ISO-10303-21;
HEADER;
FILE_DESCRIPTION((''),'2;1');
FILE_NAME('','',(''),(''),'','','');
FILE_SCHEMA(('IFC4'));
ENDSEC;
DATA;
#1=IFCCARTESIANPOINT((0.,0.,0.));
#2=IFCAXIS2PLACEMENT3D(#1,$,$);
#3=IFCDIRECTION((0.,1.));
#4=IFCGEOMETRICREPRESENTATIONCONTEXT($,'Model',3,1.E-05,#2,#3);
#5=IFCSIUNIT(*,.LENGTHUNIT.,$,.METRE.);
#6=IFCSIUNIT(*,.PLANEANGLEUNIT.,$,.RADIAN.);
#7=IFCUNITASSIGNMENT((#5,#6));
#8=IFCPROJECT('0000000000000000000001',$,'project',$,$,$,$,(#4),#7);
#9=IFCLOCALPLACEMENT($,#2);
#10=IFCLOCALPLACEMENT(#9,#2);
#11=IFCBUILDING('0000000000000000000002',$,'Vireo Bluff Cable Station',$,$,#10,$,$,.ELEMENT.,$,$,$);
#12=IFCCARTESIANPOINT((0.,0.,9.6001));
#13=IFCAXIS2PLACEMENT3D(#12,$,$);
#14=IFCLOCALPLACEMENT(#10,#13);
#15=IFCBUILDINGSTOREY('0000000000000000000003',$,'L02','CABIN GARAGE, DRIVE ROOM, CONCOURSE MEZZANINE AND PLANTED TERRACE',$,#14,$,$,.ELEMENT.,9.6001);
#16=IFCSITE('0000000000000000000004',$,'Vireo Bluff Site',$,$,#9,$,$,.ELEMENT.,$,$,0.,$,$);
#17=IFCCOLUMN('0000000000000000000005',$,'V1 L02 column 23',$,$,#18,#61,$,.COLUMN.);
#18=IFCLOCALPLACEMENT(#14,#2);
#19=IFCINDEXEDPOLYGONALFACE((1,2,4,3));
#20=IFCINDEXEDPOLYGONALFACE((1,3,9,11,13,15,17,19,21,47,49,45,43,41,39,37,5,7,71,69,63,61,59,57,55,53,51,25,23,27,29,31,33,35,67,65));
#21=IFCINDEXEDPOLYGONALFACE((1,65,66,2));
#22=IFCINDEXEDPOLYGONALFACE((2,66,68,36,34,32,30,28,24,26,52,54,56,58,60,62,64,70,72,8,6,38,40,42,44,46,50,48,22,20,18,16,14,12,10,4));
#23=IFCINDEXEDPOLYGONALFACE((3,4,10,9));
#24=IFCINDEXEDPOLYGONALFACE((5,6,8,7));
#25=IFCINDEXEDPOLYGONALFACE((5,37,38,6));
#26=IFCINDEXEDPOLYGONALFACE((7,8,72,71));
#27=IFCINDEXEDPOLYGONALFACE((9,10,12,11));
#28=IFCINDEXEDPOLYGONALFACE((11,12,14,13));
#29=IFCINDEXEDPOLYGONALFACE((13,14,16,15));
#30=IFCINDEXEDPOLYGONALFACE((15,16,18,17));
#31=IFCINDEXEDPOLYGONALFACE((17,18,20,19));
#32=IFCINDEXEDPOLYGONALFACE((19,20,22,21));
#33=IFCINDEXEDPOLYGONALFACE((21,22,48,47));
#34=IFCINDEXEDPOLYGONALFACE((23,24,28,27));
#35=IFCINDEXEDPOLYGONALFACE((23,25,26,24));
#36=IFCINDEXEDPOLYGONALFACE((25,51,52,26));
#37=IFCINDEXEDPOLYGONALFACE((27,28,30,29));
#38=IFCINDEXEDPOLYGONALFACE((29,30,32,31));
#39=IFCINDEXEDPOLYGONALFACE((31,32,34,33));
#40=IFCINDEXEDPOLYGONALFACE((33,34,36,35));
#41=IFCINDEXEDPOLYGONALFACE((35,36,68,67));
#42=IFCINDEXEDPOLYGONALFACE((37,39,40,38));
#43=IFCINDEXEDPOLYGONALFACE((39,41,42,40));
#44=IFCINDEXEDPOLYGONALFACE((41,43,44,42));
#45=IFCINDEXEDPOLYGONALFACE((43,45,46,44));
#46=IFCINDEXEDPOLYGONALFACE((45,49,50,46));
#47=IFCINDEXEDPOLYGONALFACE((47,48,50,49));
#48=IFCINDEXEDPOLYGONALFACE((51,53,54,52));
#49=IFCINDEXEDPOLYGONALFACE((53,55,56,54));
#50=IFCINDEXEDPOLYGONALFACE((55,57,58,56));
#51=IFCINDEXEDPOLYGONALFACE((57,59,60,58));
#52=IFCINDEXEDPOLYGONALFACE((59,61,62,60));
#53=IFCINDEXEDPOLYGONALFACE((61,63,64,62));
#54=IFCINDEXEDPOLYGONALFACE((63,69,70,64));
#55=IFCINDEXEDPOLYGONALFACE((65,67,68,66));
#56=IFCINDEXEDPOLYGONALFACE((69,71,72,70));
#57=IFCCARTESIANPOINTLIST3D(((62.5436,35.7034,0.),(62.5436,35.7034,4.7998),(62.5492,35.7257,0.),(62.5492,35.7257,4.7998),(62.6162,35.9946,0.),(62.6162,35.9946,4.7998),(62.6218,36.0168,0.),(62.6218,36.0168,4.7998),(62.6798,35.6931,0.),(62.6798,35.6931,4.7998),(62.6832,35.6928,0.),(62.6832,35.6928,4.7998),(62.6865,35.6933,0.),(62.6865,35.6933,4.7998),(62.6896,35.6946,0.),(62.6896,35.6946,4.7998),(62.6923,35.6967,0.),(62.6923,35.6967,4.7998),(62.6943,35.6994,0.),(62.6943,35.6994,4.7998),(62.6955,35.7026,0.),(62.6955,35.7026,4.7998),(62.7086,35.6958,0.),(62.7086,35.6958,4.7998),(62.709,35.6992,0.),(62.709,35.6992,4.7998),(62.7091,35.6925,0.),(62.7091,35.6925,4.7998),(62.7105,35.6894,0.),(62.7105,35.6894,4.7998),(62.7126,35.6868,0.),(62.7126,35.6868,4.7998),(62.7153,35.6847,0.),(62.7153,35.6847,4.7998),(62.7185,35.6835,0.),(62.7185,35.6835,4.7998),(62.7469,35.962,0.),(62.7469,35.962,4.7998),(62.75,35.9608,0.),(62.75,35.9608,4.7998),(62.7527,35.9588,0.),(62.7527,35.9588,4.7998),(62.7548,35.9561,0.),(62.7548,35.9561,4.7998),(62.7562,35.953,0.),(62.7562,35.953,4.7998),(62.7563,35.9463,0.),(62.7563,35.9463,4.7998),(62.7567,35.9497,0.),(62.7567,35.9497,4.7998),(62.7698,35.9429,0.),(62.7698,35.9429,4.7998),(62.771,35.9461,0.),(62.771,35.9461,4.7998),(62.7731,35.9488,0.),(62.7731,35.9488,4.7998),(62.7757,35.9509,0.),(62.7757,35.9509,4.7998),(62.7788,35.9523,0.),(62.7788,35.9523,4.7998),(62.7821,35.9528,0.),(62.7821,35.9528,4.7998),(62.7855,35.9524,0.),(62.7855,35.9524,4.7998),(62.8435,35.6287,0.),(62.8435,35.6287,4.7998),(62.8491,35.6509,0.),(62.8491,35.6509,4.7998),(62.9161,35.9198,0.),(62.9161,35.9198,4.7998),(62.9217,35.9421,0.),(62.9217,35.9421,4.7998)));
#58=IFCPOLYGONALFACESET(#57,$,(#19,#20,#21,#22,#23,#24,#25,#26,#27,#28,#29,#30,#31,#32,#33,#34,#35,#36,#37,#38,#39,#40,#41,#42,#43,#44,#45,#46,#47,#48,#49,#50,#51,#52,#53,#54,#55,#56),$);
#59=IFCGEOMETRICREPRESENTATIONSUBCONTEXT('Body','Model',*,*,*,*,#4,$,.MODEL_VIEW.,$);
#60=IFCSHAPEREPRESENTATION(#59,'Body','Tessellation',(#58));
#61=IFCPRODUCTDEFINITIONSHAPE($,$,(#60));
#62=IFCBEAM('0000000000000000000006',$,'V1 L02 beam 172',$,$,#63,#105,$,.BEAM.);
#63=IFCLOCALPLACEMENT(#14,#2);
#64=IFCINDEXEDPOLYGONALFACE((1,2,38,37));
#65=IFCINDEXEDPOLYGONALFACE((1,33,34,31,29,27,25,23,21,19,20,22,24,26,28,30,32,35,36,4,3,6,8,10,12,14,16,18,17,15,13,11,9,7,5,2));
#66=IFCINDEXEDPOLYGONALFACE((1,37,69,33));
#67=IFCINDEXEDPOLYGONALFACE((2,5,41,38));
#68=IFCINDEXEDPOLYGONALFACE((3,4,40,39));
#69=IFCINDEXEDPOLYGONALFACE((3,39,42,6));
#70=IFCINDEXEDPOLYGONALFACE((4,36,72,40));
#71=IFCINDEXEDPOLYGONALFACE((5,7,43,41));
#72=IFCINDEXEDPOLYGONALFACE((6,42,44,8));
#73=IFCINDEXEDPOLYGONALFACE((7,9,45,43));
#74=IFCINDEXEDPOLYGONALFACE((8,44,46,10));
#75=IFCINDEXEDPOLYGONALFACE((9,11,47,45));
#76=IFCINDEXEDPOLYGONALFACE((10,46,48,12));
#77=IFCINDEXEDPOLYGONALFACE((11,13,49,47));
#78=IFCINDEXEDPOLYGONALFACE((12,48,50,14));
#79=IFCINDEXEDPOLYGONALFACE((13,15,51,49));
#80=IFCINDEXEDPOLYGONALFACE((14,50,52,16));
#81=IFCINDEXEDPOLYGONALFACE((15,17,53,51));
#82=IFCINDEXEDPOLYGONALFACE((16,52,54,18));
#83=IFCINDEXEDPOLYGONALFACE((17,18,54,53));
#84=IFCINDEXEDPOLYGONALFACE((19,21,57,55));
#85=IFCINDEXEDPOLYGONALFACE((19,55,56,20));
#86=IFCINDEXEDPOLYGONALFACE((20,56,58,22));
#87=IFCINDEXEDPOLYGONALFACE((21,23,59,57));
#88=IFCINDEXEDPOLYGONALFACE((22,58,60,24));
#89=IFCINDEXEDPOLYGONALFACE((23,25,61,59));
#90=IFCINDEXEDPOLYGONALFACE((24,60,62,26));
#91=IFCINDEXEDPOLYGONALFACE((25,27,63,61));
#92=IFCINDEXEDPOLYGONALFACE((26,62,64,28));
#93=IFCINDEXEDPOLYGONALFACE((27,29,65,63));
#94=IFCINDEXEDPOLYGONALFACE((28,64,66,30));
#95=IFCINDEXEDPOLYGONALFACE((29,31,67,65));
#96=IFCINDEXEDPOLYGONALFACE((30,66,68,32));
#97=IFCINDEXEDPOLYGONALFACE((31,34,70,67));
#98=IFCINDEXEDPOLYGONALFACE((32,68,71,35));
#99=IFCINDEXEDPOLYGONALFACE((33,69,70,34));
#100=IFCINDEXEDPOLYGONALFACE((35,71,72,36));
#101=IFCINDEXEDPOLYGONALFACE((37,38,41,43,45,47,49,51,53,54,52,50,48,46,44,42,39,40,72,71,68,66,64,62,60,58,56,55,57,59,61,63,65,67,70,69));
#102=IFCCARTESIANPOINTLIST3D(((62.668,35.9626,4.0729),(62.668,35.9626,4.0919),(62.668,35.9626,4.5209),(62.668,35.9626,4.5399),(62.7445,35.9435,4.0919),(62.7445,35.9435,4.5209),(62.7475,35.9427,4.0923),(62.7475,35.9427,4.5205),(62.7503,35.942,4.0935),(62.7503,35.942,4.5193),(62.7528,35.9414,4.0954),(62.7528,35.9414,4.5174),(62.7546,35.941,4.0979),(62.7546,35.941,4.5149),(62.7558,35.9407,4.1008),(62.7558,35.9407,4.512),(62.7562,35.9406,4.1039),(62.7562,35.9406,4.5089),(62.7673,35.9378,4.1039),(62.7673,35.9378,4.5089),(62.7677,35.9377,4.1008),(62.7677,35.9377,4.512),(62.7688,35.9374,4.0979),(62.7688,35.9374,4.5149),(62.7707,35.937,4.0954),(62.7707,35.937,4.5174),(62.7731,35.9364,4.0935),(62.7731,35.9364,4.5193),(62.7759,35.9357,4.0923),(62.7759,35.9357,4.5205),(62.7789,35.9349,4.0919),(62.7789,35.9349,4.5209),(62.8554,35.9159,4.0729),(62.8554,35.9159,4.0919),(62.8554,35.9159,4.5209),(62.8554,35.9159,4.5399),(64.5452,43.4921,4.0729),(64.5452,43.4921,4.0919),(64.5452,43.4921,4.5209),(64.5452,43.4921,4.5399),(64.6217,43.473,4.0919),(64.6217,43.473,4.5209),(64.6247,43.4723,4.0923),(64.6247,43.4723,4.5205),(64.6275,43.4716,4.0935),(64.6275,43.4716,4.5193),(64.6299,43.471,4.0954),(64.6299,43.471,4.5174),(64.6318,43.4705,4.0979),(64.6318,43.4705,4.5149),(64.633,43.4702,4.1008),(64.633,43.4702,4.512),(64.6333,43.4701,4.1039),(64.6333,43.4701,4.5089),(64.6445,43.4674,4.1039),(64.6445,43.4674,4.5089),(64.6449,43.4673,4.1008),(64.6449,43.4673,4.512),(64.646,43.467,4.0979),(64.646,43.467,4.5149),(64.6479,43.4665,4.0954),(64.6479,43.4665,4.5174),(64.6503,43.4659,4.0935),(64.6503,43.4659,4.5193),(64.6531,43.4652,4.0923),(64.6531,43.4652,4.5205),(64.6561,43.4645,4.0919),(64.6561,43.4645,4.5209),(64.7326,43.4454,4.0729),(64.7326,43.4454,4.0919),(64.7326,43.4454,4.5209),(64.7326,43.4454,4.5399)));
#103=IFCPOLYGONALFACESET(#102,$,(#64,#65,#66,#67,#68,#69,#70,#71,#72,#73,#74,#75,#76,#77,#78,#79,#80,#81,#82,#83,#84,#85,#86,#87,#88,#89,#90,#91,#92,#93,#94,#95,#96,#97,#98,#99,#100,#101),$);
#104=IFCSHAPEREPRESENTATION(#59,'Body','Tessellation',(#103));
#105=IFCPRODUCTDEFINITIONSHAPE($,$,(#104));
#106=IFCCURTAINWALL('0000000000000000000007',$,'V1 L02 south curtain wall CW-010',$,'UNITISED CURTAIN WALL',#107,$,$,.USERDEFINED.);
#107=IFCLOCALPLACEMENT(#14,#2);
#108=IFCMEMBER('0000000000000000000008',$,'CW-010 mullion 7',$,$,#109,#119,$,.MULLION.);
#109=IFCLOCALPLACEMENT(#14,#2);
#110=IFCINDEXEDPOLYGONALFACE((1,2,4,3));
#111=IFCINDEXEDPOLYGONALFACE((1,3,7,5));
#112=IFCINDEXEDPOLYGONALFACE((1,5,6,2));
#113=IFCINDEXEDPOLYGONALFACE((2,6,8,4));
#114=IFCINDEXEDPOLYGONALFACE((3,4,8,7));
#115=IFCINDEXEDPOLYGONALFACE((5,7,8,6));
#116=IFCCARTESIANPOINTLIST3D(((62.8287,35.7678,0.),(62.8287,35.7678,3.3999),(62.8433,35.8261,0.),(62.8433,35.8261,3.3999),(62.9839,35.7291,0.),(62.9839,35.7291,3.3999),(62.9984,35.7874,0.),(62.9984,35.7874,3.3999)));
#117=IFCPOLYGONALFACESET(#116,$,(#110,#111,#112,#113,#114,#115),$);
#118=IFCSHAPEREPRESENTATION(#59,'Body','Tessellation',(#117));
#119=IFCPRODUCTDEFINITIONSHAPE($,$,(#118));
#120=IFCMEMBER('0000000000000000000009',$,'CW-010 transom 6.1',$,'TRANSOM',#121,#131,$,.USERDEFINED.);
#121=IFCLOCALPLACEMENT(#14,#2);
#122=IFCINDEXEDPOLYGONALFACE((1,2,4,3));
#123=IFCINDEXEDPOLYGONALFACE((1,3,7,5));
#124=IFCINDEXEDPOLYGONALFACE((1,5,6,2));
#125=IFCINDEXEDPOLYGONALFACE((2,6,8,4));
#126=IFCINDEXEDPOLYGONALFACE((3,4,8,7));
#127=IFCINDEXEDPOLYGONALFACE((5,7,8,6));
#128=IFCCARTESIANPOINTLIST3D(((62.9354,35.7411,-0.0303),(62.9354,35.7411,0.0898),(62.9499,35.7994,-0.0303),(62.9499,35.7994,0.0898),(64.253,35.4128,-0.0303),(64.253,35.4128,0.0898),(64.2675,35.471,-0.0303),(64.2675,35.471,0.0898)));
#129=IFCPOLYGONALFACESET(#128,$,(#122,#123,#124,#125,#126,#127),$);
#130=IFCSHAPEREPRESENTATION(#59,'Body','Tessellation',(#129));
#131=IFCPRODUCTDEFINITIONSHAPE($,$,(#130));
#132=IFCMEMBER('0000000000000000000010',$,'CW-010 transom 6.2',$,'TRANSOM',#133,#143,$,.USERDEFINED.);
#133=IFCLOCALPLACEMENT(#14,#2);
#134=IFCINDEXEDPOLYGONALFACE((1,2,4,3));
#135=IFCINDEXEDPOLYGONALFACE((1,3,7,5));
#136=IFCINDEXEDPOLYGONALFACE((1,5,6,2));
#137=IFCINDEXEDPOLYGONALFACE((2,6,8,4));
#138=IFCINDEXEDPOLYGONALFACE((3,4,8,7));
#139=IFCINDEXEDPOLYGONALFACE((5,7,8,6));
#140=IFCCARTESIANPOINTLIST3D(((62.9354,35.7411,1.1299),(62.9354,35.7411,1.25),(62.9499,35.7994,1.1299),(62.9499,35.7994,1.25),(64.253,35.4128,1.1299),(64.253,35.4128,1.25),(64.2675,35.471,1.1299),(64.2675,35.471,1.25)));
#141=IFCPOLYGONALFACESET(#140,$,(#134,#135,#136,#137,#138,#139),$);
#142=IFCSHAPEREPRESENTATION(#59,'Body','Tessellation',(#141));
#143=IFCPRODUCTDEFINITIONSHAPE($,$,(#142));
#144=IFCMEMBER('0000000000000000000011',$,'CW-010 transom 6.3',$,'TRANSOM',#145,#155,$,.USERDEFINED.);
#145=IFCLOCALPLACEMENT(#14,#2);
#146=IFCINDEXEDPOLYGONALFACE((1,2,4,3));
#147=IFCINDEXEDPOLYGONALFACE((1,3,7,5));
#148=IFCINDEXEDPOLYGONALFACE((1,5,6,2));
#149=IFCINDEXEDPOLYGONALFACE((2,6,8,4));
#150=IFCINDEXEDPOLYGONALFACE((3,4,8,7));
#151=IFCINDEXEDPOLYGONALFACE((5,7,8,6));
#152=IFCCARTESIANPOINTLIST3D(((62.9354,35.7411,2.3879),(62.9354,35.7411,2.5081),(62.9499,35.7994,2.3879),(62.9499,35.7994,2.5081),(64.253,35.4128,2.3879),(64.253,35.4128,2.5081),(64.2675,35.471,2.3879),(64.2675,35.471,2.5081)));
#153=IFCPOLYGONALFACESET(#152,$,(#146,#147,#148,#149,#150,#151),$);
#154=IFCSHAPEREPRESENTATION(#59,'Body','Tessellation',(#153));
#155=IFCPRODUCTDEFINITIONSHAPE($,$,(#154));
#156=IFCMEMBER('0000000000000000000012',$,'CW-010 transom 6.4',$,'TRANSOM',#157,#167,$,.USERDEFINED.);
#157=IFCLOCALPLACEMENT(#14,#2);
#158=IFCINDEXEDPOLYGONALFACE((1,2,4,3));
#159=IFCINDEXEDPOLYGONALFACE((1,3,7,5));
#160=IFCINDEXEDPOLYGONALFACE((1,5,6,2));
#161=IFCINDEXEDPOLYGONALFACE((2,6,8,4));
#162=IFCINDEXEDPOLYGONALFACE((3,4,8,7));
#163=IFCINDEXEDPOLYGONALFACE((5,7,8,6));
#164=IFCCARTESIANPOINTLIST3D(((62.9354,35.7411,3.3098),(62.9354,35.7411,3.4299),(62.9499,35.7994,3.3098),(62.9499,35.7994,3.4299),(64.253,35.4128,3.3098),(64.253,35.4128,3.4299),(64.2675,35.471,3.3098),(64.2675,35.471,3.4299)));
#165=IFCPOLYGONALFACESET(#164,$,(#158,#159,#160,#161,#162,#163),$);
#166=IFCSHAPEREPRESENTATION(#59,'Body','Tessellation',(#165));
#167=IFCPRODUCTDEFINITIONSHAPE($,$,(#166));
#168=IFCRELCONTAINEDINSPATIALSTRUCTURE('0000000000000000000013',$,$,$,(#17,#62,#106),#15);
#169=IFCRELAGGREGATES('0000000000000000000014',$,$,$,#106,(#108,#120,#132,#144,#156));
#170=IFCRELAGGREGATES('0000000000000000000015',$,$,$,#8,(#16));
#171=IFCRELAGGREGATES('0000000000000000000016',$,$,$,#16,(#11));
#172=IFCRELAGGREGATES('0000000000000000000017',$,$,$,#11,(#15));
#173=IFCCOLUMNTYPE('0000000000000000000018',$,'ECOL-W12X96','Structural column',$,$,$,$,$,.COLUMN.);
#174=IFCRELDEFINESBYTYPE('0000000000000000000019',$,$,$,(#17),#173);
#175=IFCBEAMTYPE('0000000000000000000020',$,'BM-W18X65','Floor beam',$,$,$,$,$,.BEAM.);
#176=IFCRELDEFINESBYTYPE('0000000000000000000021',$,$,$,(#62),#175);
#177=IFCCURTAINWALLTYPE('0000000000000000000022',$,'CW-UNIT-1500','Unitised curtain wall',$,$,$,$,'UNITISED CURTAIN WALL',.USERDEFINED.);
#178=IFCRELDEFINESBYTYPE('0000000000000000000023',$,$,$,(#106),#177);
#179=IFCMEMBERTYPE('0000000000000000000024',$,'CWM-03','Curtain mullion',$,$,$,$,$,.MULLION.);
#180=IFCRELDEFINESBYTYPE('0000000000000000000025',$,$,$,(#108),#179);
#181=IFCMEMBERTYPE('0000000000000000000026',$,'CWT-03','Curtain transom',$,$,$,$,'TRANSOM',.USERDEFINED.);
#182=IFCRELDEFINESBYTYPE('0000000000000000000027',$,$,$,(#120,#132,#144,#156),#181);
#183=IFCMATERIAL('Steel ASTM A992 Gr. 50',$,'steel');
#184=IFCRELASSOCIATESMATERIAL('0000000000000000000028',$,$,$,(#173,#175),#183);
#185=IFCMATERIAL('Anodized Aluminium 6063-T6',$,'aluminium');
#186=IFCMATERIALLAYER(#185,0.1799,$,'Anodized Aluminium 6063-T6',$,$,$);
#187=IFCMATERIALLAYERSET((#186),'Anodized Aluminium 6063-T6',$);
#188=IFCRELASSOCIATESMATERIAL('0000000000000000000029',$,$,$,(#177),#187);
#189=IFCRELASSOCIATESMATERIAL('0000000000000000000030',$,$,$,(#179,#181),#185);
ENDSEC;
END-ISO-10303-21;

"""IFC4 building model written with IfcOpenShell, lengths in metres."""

from ifc_helpers import new_model, si_unit, direction, frame, origin, origin_2d, place, context, subcontext, project, spatial, rectangle, i_section, extrude, material, layer, layer_set, material_profile, profile_set, type_object, element, aggregate, save


model = new_model("IFC4")

# Units and contexts
model_context = context("Model", 3, precision=1e-05, world=origin(), true_north=direction((0.0, 1.0)))
body_context = subcontext(model_context, "Body", "Model", "MODEL_VIEW")
ifc_project = project(units=[si_unit("LENGTHUNIT", "METRE"), si_unit("PLANEANGLEUNIT", "RADIAN")], contexts=[model_context])

# Site, building, storey
site_placement = place(None, origin())
site = spatial("IfcSite", under=ifc_project, at=site_placement, Name="Vireo Bluff Site", CompositionType="ELEMENT", RefElevation=0.0)
building_placement = place(site_placement, origin())
building = spatial("IfcBuilding", under=site, at=building_placement, Name="Vireo Bluff Cable Station", CompositionType="ELEMENT")
storey_placement = place(building_placement, frame((0.0, 0.0, 9.6001)))
storey = spatial("IfcBuildingStorey", under=building, at=storey_placement, Name="L02", Description="CABIN GARAGE, DRIVE ROOM, CONCOURSE MEZZANINE AND PLANTED TERRACE", CompositionType="ELEMENT", Elevation=9.6001)

# Column
ifc_material_1 = material(Name="Steel ASTM A992 Gr. 50", Category="steel")
ifc_material_profile_1 = material_profile(ifc_material_1, i_section(OverallWidth=0.3091, OverallDepth=0.323, WebThickness=0.0139, FlangeThickness=0.0229, FilletRadius=0.0129, at=origin_2d()), Name="W12X96")
ifc_profile_set_1 = profile_set([ifc_material_profile_1], Name="Steel ASTM A992 Gr. 50")
column_type = type_object("IfcColumnType", Name="ECOL-W12X96", Description="Structural column", PredefinedType="COLUMN", material=ifc_profile_set_1)
column_placement = place(storey_placement, frame((62.7327, 35.8228, 0.0), z_axis=(0.0, 0.0, 1.0), x_axis=(0.970296, -0.241922, 0.0)))
element("IfcColumn", 1, at=column_placement, inside=storey, type_object=column_type, Name="V1 L02 column 23", PredefinedType="COLUMN", context=body_context, shape_type="SweptSolid", body=[
    extrude(i_section(OverallWidth=0.3091, OverallDepth=0.323, WebThickness=0.0139, FlangeThickness=0.0229, FilletRadius=0.0129, at=origin_2d()), origin(), (0.0, 0.0, 1.0), 4.7998),
])

# Beam
ifc_material_profile_2 = material_profile(ifc_material_1, i_section(OverallWidth=0.1931, OverallDepth=0.467, WebThickness=0.0115, FlangeThickness=0.019, FilletRadius=0.012, at=origin_2d()), Name="W18X65")
ifc_profile_set_2 = profile_set([ifc_material_profile_2], Name="Steel ASTM A992 Gr. 50")
beam_type_1 = type_object("IfcBeamType", Name="BM-W18X65", Description="Floor beam", PredefinedType="BEAM", material=ifc_profile_set_2)
beam_1_placement = place(storey_placement, frame((62.7617, 35.9392, 4.3064), z_axis=(0.241906, 0.9703, 0.0), x_axis=(-0.9703, 0.241906, 0.0)))
element("IfcBeam", 2, at=beam_1_placement, inside=storey, type_object=beam_type_1, Name="V1 L02 beam 172", PredefinedType="BEAM", context=body_context, shape_type="SweptSolid", body=[
    extrude(i_section(OverallWidth=0.1931, OverallDepth=0.467, WebThickness=0.0115, FlangeThickness=0.019, FilletRadius=0.012, at=origin_2d()), origin(), (0.0, 0.0, 1.0), 7.76),
])

# Curtain wall, members
ifc_material_2 = material(Name="Anodized Aluminium 6063-T6", Category="aluminium")
ifc_layer_1 = layer(ifc_material_2, 0.1799, Name="Anodized Aluminium 6063-T6")
ifc_layer_set_1 = layer_set([ifc_layer_1], Name="Anodized Aluminium 6063-T6")
curtain_wall_type = type_object("IfcCurtainWallType", Name="CW-UNIT-1500", Description="Unitised curtain wall", ElementType="UNITISED CURTAIN WALL", PredefinedType="USERDEFINED", material=ifc_layer_set_1)
curtain_wall_placement = place(storey_placement, origin())
curtain_wall = element("IfcCurtainWall", 3, at=curtain_wall_placement, inside=storey, type_object=curtain_wall_type, Name="V1 L02 south curtain wall CW-010", ObjectType="UNITISED CURTAIN WALL", PredefinedType="USERDEFINED")
ifc_material_profile_3 = material_profile(ifc_material_2, rectangle(XDim=0.0601, YDim=0.1599, at=origin_2d()), Name="ALU-M-60X160")
ifc_profile_set_3 = profile_set([ifc_material_profile_3], Name="Anodized Aluminium 6063-T6")
member_type_1 = type_object("IfcMemberType", Name="CWM-03", Description="Curtain mullion", PredefinedType="MULLION", material=ifc_profile_set_3)
member_1_placement = place(storey_placement, frame((62.9136, 35.7776, 0.0), z_axis=(0.0, 0.0, 1.0), x_axis=(-0.241922, -0.970296, 0.0)))
member_1 = element("IfcMember", 4, at=member_1_placement, type_object=member_type_1, Name="CW-010 mullion 7", PredefinedType="MULLION", context=body_context, shape_type="SweptSolid", body=[
    extrude(rectangle(XDim=0.0601, YDim=0.1599, at=origin_2d()), origin(), (0.0, 0.0, 1.0), 3.3999),
])
ifc_material_profile_4 = material_profile(ifc_material_2, rectangle(XDim=0.0601, YDim=0.1201, at=origin_2d()), Name="ALU-T-60X120")
ifc_profile_set_4 = profile_set([ifc_material_profile_4], Name="Anodized Aluminium 6063-T6")
member_type_2 = type_object("IfcMemberType", Name="CWT-03", Description="Curtain transom", ElementType="TRANSOM", PredefinedType="USERDEFINED", material=ifc_profile_set_4)
member_2_placement = place(storey_placement, frame((64.2603, 35.4419, 0.0298), z_axis=(-0.970322, 0.241816, 0.0), x_axis=(-0.241816, -0.970322, 0.0)))
member_2 = element("IfcMember", 5, at=member_2_placement, type_object=member_type_2, Name="CW-010 transom 6.1", ObjectType="TRANSOM", PredefinedType="USERDEFINED", context=body_context, shape_type="SweptSolid", body=[
    extrude(rectangle(XDim=0.0601, YDim=0.1201, at=origin_2d()), origin(), (0.0, 0.0, 1.0), 1.3579),
])
member_3_placement = place(storey_placement, frame((64.2603, 35.4419, 1.1899), z_axis=(-0.970322, 0.241816, 0.0), x_axis=(-0.241816, -0.970322, 0.0)))
member_3 = element("IfcMember", 6, at=member_3_placement, type_object=member_type_2, Name="CW-010 transom 6.2", ObjectType="TRANSOM", PredefinedType="USERDEFINED", context=body_context, shape_type="SweptSolid", body=[
    extrude(rectangle(XDim=0.0601, YDim=0.1201, at=origin_2d()), origin(), (0.0, 0.0, 1.0), 1.3579),
])
member_4_placement = place(storey_placement, frame((64.2603, 35.4419, 2.448), z_axis=(-0.970322, 0.241816, 0.0), x_axis=(-0.241816, -0.970322, 0.0)))
member_4 = element("IfcMember", 7, at=member_4_placement, type_object=member_type_2, Name="CW-010 transom 6.3", ObjectType="TRANSOM", PredefinedType="USERDEFINED", context=body_context, shape_type="SweptSolid", body=[
    extrude(rectangle(XDim=0.0601, YDim=0.1201, at=origin_2d()), origin(), (0.0, 0.0, 1.0), 1.3579),
])
member_5_placement = place(storey_placement, frame((64.2603, 35.4419, 3.3699), z_axis=(-0.970322, 0.241816, 0.0), x_axis=(-0.241816, -0.970322, 0.0)))
member_5 = element("IfcMember", 8, at=member_5_placement, type_object=member_type_2, Name="CW-010 transom 6.4", ObjectType="TRANSOM", PredefinedType="USERDEFINED", context=body_context, shape_type="SweptSolid", body=[
    extrude(rectangle(XDim=0.0601, YDim=0.1201, at=origin_2d()), origin(), (0.0, 0.0, 1.0), 1.3579),
])

aggregate(curtain_wall, [member_1, member_2, member_3, member_4, member_5])

save(model, "model.ifc")
